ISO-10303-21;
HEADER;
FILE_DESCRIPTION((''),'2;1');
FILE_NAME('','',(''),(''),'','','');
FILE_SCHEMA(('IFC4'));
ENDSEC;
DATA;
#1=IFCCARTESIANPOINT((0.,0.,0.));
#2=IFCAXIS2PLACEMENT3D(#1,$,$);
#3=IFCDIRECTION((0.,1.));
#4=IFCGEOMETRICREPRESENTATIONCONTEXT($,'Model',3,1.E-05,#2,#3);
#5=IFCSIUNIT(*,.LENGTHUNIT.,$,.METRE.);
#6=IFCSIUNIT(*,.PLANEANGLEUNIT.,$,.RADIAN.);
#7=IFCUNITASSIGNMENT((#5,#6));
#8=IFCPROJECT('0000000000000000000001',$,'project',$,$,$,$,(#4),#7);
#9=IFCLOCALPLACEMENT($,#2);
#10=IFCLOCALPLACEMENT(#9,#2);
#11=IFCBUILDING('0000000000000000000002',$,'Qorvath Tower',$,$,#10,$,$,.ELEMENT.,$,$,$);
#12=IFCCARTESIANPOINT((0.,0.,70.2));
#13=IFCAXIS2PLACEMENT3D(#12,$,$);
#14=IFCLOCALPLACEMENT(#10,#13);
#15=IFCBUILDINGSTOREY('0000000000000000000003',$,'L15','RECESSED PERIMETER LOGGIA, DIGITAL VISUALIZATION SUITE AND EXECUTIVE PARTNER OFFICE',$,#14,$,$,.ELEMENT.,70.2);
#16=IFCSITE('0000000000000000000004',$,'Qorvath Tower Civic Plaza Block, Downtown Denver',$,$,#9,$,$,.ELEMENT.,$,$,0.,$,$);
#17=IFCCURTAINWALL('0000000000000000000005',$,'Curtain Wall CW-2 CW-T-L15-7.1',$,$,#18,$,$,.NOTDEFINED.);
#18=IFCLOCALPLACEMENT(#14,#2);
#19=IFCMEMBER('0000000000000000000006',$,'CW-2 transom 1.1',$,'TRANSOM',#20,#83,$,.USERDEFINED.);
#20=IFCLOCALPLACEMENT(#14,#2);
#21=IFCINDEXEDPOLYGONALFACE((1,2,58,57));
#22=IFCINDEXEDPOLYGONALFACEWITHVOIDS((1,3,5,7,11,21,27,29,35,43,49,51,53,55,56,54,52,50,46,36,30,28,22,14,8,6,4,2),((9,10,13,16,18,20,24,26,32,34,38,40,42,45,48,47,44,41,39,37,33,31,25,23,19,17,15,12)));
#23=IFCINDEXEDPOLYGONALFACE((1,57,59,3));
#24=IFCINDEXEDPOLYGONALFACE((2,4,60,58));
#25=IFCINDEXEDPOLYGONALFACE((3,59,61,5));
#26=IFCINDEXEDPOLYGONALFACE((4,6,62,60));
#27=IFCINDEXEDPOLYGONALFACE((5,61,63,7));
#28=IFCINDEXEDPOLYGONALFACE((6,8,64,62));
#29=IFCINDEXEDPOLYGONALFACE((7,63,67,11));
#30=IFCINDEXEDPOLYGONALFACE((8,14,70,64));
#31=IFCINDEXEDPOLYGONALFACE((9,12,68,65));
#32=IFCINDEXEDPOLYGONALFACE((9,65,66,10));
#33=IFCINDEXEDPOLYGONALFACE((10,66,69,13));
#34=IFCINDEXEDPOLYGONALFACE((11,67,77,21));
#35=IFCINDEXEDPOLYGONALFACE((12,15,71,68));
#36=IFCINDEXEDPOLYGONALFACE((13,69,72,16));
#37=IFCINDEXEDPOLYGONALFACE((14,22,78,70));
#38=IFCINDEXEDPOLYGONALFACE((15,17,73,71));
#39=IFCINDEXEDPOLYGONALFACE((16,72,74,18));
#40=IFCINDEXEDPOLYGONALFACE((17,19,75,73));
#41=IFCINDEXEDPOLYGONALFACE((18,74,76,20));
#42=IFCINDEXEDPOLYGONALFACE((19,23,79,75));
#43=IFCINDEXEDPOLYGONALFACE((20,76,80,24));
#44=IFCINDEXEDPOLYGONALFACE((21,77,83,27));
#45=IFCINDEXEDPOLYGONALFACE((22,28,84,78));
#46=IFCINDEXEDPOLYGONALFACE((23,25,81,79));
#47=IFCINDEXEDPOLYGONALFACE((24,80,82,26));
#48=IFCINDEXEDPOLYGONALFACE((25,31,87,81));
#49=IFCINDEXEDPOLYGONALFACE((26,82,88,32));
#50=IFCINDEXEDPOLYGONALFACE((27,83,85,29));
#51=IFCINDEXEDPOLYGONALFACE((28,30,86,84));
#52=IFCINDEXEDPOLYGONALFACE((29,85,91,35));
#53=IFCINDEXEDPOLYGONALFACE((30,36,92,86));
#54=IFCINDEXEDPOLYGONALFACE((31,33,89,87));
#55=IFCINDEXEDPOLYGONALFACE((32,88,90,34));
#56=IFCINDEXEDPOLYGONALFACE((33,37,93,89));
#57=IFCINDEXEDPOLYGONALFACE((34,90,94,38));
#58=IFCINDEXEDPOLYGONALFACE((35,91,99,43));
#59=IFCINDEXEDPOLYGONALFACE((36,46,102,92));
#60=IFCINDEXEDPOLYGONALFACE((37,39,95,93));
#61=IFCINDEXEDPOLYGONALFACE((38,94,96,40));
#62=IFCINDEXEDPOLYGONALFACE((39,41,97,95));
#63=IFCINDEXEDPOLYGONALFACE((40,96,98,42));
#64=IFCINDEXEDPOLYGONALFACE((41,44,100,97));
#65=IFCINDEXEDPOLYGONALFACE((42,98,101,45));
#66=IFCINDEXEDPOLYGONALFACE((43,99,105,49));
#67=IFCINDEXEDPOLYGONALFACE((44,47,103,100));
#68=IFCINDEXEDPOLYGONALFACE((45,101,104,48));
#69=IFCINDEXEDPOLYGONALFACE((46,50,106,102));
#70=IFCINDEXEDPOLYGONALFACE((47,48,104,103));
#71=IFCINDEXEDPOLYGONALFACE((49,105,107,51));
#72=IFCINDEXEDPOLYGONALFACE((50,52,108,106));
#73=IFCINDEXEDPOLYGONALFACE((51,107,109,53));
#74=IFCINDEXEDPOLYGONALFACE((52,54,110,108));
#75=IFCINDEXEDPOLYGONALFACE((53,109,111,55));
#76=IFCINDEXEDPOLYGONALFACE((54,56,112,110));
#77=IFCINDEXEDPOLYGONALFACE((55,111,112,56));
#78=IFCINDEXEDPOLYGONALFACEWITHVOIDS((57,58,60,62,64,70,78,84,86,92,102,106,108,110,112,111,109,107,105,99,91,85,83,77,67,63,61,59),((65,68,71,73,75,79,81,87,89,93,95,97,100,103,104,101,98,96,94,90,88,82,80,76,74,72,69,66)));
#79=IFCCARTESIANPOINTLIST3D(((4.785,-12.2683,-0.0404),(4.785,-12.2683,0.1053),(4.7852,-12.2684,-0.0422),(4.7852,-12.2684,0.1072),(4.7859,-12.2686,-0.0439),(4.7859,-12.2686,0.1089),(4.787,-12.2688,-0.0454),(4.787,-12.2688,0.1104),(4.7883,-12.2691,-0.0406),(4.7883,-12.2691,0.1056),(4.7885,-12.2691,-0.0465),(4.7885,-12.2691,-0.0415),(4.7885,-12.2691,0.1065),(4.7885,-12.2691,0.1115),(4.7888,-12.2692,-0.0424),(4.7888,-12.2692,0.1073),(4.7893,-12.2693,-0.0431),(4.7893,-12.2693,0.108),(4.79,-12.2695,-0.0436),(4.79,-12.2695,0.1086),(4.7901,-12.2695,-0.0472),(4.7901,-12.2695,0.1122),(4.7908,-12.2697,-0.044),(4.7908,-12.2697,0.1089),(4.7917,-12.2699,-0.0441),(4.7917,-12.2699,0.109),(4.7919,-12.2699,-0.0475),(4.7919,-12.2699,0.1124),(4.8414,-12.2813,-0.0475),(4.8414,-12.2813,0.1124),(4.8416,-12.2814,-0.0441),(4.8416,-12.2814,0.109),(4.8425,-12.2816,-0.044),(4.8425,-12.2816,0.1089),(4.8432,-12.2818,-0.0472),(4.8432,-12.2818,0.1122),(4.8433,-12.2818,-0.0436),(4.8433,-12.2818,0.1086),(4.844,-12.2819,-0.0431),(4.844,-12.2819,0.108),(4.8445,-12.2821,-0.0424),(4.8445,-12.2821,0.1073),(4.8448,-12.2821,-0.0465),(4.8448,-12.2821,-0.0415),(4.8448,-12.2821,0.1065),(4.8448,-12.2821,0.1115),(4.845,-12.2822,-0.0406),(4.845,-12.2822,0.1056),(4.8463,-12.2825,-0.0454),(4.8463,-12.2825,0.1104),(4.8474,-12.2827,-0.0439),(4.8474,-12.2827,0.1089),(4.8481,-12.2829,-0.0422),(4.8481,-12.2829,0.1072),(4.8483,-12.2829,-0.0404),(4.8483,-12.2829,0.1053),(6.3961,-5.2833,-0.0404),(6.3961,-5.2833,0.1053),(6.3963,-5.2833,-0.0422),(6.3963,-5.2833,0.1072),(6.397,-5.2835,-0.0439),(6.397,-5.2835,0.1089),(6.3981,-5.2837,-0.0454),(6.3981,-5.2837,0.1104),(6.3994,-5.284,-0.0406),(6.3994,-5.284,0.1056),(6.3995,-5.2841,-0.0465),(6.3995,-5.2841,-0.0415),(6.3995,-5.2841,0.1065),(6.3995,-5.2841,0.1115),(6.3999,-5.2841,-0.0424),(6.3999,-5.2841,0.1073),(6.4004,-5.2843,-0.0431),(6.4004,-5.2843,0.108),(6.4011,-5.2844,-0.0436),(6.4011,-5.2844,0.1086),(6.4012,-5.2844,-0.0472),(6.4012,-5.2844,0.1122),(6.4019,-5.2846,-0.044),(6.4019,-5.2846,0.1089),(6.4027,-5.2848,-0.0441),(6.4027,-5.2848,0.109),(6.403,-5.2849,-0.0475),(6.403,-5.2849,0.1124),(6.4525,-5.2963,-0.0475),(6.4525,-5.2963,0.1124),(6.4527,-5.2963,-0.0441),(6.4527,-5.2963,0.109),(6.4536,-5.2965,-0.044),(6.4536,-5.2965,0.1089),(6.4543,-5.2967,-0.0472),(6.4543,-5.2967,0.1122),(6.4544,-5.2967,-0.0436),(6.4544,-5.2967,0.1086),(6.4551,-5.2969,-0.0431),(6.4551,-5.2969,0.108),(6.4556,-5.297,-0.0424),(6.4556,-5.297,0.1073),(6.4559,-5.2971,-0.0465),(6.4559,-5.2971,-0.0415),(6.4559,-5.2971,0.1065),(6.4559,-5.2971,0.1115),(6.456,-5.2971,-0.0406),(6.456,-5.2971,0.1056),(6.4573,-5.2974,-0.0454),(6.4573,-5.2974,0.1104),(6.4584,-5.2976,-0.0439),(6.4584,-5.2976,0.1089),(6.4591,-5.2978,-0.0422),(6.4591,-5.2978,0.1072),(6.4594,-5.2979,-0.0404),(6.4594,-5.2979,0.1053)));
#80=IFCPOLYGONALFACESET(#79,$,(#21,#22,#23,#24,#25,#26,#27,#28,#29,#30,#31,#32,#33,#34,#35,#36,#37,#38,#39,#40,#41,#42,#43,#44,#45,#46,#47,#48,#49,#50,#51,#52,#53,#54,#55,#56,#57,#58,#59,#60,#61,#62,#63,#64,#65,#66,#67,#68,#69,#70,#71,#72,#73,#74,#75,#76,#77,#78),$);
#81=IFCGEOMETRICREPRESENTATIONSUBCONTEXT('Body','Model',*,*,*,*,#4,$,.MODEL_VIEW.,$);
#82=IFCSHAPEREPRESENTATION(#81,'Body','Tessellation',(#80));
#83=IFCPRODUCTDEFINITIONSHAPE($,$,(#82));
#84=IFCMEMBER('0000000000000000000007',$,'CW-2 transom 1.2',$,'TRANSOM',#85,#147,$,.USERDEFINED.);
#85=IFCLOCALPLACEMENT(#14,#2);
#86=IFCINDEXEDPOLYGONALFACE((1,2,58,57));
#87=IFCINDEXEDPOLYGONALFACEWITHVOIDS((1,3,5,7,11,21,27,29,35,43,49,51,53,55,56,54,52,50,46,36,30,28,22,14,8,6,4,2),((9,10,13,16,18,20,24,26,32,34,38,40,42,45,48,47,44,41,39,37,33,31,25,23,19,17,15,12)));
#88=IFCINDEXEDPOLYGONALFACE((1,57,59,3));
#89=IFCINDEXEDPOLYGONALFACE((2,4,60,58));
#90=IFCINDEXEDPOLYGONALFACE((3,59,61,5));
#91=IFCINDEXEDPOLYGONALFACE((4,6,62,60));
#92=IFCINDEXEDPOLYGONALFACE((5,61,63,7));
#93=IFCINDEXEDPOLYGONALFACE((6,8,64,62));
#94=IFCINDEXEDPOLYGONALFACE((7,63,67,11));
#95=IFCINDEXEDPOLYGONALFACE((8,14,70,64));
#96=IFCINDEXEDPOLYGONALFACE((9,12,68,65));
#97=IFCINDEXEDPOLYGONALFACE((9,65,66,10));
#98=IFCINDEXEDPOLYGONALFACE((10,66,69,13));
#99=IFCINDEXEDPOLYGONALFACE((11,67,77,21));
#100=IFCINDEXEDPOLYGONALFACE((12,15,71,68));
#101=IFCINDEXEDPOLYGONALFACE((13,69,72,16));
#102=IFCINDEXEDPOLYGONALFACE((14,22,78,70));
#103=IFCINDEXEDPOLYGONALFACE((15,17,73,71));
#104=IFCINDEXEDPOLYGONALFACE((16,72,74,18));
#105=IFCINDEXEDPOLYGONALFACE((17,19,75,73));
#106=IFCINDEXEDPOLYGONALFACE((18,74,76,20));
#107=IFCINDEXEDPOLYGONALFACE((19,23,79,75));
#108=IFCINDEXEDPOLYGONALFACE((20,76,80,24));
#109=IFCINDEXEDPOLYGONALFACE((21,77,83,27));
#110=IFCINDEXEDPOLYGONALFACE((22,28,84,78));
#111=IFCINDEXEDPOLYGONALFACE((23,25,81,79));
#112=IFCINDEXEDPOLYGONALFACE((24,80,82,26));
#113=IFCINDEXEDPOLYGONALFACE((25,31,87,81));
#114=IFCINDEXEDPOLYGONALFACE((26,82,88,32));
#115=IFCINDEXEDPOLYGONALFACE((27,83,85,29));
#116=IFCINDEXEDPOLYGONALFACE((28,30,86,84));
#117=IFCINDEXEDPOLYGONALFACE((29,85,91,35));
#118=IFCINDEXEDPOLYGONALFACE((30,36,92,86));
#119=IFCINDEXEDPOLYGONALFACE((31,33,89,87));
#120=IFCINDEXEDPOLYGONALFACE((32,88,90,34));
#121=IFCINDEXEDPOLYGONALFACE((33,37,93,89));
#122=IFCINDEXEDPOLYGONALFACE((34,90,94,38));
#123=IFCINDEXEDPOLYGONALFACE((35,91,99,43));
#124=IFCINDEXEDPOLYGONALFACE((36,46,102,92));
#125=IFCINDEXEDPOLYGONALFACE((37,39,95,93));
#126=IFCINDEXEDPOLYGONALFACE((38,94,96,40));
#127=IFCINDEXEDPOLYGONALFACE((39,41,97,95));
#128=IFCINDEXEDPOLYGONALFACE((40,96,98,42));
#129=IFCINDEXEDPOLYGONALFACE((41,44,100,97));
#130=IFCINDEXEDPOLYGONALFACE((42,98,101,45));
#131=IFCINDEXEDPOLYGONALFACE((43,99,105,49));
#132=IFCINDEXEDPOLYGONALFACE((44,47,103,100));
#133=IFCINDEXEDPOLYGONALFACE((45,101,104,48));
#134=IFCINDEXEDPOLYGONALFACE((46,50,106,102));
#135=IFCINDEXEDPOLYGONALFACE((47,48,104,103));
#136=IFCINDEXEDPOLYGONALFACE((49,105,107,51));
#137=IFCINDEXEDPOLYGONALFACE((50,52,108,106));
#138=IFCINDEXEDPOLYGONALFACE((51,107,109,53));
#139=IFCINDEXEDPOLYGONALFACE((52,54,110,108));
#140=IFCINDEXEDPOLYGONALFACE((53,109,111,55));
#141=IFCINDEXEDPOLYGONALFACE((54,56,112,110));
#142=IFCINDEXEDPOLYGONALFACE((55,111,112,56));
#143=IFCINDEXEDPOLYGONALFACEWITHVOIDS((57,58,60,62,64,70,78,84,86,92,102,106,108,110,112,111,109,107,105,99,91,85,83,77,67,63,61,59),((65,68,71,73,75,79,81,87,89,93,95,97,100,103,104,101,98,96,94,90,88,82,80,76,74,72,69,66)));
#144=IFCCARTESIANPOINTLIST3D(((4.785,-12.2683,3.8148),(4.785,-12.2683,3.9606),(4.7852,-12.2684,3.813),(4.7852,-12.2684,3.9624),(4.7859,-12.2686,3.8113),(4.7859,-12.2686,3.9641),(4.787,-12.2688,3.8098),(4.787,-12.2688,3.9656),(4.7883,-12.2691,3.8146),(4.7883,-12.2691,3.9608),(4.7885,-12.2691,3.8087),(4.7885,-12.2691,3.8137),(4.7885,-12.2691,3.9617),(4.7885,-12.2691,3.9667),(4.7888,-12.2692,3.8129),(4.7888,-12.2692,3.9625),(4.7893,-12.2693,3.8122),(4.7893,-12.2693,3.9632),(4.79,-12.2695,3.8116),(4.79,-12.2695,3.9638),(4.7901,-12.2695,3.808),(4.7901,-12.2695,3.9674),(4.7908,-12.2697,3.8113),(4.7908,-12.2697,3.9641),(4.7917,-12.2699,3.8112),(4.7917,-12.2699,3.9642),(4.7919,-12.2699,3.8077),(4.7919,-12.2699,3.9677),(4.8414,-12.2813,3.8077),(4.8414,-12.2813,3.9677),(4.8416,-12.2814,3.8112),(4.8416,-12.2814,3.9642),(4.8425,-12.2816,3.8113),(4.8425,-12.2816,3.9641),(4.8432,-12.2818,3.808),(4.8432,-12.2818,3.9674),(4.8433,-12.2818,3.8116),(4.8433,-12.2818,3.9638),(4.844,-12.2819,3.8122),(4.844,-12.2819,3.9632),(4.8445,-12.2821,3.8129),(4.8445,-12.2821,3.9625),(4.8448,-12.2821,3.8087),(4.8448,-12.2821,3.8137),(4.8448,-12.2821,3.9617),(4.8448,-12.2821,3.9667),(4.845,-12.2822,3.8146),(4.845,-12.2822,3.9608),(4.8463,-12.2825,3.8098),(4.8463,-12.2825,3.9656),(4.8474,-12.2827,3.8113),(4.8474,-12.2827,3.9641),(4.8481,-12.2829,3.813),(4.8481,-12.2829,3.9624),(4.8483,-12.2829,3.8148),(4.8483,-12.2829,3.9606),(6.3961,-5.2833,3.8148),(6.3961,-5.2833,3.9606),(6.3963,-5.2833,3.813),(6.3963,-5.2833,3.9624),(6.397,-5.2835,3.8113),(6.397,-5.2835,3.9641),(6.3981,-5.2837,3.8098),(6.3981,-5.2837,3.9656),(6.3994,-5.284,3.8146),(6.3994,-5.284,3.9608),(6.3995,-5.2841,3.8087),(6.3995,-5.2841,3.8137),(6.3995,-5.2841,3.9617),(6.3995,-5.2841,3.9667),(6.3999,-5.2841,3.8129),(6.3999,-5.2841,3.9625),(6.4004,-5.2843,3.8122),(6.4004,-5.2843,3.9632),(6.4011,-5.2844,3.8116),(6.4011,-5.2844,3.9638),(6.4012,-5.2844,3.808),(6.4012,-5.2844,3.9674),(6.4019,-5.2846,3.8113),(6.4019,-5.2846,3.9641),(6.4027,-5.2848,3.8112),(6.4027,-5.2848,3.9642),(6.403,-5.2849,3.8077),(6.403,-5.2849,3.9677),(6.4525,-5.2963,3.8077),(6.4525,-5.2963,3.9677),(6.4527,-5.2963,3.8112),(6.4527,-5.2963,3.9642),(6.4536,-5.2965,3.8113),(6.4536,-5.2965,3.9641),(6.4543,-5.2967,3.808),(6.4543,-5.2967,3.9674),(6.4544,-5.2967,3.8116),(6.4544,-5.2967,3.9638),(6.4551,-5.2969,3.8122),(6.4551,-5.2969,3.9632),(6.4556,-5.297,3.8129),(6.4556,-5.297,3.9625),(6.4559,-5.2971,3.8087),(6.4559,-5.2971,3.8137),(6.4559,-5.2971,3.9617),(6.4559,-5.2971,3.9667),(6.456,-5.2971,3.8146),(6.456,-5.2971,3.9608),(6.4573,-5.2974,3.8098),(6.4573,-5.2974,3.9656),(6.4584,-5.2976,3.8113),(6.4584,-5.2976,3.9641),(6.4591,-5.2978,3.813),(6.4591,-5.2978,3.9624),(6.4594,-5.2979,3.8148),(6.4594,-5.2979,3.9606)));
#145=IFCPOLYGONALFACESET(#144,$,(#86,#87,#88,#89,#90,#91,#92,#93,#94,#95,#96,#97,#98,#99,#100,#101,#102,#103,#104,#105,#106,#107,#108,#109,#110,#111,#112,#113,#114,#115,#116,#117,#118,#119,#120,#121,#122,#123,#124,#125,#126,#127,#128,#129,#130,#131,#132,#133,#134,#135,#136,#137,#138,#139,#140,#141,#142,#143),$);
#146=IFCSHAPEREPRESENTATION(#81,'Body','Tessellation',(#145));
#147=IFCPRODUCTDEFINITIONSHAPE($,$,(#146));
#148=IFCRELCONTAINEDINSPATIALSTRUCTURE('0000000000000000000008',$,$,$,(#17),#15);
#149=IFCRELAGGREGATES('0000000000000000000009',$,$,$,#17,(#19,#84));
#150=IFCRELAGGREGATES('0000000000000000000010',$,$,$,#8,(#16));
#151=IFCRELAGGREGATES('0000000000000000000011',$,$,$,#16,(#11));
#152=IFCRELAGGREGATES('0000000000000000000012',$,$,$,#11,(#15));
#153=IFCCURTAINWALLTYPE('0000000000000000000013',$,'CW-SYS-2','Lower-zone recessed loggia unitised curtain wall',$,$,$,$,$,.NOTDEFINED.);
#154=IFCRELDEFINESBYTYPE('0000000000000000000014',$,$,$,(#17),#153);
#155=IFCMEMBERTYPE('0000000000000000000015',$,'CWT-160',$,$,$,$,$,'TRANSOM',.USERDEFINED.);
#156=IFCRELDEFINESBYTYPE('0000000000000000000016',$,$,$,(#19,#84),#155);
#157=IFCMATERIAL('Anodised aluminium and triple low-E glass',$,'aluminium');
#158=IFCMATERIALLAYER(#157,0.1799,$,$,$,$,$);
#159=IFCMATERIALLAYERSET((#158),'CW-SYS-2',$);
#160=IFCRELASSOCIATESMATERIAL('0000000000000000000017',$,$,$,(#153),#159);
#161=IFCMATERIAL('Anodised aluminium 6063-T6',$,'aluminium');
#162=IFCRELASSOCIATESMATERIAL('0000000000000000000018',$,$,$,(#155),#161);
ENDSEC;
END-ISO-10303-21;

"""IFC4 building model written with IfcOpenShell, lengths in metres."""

from ifc_helpers import new_model, si_unit, direction, frame, origin, origin_2d, place, context, subcontext, project, spatial, hollow_rectangle, extrude, material, layer, layer_set, material_profile, profile_set, type_object, element, aggregate, save


model = new_model("IFC4")

# Units and contexts
model_context = context("Model", 3, precision=1e-05, world=origin(), true_north=direction((0.0, 1.0)))
body_context = subcontext(model_context, "Body", "Model", "MODEL_VIEW")
ifc_project = project(units=[si_unit("LENGTHUNIT", "METRE"), si_unit("PLANEANGLEUNIT", "RADIAN")], contexts=[model_context])

# Site, building, storey
site_placement = place(None, origin())
site = spatial("IfcSite", under=ifc_project, at=site_placement, Name="Qorvath Tower Civic Plaza Block, Downtown Denver", CompositionType="ELEMENT", RefElevation=0.0)
building_placement = place(site_placement, origin())
building = spatial("IfcBuilding", under=site, at=building_placement, Name="Qorvath Tower", CompositionType="ELEMENT")
storey_placement = place(building_placement, frame((0.0, 0.0, 70.2)))
storey = spatial("IfcBuildingStorey", under=building, at=storey_placement, Name="L15", Description="RECESSED PERIMETER LOGGIA, DIGITAL VISUALIZATION SUITE AND EXECUTIVE PARTNER OFFICE", CompositionType="ELEMENT", Elevation=70.2)

# Shared definitions
ifc_material_1 = material(Name="Anodised aluminium and triple low-E glass", Category="aluminium")
ifc_layer_1 = layer(ifc_material_1, 0.1799)
ifc_layer_set_1 = layer_set([ifc_layer_1], Name="CW-SYS-2")
curtain_wall_type = type_object("IfcCurtainWallType", Name="CW-SYS-2", Description="Lower-zone recessed loggia unitised curtain wall", PredefinedType="NOTDEFINED", material=ifc_layer_set_1)

# Curtain wall
curtain_wall_1_placement = place(storey_placement, origin())
curtain_wall_1 = element("IfcCurtainWall", 1, at=curtain_wall_1_placement, inside=storey, type_object=curtain_wall_type, Name="Curtain Wall CW-2 CW-T-L15-7.1", PredefinedType="NOTDEFINED")

# Members
ifc_material_2 = material(Name="Anodised aluminium 6063-T6", Category="aluminium")
ifc_material_profile_1 = material_profile(ifc_material_2, hollow_rectangle(XDim=0.0649, YDim=0.1599, WallThickness=0.0034, InnerFilletRadius=0.0034, OuterFilletRadius=0.0071, at=origin_2d()), Name="CWT 160x65")
ifc_profile_set_1 = profile_set([ifc_material_profile_1], Name="Anodised aluminium 6063-T6")
member_type_1 = type_object("IfcMemberType", Name="CWT-160", ElementType="TRANSOM", PredefinedType="USERDEFINED", material=ifc_profile_set_1)
member_1_placement = place(storey_placement, frame((4.8167, -12.2756, 0.0325), z_axis=(0.224745, 0.974418, 0.0), x_axis=(-0.974418, 0.224745, 0.0)))
member_1 = element("IfcMember", 2, at=member_1_placement, type_object=member_type_1, Name="CW-2 transom 1.1", ObjectType="TRANSOM", PredefinedType="USERDEFINED", context=body_context, shape_type="SweptSolid", body=[
    extrude(hollow_rectangle(XDim=0.0649, YDim=0.1599, WallThickness=0.0034, InnerFilletRadius=0.0034, OuterFilletRadius=0.0071, at=origin_2d()), origin(), (0.0, 0.0, 1.0), 7.1685),
])
member_2_placement = place(storey_placement, frame((4.8167, -12.2756, 3.8877), z_axis=(0.224745, 0.974418, 0.0), x_axis=(-0.974418, 0.224745, 0.0)))
member_2 = element("IfcMember", 3, at=member_2_placement, type_object=member_type_1, Name="CW-2 transom 1.2", ObjectType="TRANSOM", PredefinedType="USERDEFINED", context=body_context, shape_type="SweptSolid", body=[
    extrude(hollow_rectangle(XDim=0.0649, YDim=0.1599, WallThickness=0.0034, InnerFilletRadius=0.0034, OuterFilletRadius=0.0071, at=origin_2d()), origin(), (0.0, 0.0, 1.0), 7.1685),
])

aggregate(curtain_wall_1, [member_1, member_2])

save(model, "model.ifc")
